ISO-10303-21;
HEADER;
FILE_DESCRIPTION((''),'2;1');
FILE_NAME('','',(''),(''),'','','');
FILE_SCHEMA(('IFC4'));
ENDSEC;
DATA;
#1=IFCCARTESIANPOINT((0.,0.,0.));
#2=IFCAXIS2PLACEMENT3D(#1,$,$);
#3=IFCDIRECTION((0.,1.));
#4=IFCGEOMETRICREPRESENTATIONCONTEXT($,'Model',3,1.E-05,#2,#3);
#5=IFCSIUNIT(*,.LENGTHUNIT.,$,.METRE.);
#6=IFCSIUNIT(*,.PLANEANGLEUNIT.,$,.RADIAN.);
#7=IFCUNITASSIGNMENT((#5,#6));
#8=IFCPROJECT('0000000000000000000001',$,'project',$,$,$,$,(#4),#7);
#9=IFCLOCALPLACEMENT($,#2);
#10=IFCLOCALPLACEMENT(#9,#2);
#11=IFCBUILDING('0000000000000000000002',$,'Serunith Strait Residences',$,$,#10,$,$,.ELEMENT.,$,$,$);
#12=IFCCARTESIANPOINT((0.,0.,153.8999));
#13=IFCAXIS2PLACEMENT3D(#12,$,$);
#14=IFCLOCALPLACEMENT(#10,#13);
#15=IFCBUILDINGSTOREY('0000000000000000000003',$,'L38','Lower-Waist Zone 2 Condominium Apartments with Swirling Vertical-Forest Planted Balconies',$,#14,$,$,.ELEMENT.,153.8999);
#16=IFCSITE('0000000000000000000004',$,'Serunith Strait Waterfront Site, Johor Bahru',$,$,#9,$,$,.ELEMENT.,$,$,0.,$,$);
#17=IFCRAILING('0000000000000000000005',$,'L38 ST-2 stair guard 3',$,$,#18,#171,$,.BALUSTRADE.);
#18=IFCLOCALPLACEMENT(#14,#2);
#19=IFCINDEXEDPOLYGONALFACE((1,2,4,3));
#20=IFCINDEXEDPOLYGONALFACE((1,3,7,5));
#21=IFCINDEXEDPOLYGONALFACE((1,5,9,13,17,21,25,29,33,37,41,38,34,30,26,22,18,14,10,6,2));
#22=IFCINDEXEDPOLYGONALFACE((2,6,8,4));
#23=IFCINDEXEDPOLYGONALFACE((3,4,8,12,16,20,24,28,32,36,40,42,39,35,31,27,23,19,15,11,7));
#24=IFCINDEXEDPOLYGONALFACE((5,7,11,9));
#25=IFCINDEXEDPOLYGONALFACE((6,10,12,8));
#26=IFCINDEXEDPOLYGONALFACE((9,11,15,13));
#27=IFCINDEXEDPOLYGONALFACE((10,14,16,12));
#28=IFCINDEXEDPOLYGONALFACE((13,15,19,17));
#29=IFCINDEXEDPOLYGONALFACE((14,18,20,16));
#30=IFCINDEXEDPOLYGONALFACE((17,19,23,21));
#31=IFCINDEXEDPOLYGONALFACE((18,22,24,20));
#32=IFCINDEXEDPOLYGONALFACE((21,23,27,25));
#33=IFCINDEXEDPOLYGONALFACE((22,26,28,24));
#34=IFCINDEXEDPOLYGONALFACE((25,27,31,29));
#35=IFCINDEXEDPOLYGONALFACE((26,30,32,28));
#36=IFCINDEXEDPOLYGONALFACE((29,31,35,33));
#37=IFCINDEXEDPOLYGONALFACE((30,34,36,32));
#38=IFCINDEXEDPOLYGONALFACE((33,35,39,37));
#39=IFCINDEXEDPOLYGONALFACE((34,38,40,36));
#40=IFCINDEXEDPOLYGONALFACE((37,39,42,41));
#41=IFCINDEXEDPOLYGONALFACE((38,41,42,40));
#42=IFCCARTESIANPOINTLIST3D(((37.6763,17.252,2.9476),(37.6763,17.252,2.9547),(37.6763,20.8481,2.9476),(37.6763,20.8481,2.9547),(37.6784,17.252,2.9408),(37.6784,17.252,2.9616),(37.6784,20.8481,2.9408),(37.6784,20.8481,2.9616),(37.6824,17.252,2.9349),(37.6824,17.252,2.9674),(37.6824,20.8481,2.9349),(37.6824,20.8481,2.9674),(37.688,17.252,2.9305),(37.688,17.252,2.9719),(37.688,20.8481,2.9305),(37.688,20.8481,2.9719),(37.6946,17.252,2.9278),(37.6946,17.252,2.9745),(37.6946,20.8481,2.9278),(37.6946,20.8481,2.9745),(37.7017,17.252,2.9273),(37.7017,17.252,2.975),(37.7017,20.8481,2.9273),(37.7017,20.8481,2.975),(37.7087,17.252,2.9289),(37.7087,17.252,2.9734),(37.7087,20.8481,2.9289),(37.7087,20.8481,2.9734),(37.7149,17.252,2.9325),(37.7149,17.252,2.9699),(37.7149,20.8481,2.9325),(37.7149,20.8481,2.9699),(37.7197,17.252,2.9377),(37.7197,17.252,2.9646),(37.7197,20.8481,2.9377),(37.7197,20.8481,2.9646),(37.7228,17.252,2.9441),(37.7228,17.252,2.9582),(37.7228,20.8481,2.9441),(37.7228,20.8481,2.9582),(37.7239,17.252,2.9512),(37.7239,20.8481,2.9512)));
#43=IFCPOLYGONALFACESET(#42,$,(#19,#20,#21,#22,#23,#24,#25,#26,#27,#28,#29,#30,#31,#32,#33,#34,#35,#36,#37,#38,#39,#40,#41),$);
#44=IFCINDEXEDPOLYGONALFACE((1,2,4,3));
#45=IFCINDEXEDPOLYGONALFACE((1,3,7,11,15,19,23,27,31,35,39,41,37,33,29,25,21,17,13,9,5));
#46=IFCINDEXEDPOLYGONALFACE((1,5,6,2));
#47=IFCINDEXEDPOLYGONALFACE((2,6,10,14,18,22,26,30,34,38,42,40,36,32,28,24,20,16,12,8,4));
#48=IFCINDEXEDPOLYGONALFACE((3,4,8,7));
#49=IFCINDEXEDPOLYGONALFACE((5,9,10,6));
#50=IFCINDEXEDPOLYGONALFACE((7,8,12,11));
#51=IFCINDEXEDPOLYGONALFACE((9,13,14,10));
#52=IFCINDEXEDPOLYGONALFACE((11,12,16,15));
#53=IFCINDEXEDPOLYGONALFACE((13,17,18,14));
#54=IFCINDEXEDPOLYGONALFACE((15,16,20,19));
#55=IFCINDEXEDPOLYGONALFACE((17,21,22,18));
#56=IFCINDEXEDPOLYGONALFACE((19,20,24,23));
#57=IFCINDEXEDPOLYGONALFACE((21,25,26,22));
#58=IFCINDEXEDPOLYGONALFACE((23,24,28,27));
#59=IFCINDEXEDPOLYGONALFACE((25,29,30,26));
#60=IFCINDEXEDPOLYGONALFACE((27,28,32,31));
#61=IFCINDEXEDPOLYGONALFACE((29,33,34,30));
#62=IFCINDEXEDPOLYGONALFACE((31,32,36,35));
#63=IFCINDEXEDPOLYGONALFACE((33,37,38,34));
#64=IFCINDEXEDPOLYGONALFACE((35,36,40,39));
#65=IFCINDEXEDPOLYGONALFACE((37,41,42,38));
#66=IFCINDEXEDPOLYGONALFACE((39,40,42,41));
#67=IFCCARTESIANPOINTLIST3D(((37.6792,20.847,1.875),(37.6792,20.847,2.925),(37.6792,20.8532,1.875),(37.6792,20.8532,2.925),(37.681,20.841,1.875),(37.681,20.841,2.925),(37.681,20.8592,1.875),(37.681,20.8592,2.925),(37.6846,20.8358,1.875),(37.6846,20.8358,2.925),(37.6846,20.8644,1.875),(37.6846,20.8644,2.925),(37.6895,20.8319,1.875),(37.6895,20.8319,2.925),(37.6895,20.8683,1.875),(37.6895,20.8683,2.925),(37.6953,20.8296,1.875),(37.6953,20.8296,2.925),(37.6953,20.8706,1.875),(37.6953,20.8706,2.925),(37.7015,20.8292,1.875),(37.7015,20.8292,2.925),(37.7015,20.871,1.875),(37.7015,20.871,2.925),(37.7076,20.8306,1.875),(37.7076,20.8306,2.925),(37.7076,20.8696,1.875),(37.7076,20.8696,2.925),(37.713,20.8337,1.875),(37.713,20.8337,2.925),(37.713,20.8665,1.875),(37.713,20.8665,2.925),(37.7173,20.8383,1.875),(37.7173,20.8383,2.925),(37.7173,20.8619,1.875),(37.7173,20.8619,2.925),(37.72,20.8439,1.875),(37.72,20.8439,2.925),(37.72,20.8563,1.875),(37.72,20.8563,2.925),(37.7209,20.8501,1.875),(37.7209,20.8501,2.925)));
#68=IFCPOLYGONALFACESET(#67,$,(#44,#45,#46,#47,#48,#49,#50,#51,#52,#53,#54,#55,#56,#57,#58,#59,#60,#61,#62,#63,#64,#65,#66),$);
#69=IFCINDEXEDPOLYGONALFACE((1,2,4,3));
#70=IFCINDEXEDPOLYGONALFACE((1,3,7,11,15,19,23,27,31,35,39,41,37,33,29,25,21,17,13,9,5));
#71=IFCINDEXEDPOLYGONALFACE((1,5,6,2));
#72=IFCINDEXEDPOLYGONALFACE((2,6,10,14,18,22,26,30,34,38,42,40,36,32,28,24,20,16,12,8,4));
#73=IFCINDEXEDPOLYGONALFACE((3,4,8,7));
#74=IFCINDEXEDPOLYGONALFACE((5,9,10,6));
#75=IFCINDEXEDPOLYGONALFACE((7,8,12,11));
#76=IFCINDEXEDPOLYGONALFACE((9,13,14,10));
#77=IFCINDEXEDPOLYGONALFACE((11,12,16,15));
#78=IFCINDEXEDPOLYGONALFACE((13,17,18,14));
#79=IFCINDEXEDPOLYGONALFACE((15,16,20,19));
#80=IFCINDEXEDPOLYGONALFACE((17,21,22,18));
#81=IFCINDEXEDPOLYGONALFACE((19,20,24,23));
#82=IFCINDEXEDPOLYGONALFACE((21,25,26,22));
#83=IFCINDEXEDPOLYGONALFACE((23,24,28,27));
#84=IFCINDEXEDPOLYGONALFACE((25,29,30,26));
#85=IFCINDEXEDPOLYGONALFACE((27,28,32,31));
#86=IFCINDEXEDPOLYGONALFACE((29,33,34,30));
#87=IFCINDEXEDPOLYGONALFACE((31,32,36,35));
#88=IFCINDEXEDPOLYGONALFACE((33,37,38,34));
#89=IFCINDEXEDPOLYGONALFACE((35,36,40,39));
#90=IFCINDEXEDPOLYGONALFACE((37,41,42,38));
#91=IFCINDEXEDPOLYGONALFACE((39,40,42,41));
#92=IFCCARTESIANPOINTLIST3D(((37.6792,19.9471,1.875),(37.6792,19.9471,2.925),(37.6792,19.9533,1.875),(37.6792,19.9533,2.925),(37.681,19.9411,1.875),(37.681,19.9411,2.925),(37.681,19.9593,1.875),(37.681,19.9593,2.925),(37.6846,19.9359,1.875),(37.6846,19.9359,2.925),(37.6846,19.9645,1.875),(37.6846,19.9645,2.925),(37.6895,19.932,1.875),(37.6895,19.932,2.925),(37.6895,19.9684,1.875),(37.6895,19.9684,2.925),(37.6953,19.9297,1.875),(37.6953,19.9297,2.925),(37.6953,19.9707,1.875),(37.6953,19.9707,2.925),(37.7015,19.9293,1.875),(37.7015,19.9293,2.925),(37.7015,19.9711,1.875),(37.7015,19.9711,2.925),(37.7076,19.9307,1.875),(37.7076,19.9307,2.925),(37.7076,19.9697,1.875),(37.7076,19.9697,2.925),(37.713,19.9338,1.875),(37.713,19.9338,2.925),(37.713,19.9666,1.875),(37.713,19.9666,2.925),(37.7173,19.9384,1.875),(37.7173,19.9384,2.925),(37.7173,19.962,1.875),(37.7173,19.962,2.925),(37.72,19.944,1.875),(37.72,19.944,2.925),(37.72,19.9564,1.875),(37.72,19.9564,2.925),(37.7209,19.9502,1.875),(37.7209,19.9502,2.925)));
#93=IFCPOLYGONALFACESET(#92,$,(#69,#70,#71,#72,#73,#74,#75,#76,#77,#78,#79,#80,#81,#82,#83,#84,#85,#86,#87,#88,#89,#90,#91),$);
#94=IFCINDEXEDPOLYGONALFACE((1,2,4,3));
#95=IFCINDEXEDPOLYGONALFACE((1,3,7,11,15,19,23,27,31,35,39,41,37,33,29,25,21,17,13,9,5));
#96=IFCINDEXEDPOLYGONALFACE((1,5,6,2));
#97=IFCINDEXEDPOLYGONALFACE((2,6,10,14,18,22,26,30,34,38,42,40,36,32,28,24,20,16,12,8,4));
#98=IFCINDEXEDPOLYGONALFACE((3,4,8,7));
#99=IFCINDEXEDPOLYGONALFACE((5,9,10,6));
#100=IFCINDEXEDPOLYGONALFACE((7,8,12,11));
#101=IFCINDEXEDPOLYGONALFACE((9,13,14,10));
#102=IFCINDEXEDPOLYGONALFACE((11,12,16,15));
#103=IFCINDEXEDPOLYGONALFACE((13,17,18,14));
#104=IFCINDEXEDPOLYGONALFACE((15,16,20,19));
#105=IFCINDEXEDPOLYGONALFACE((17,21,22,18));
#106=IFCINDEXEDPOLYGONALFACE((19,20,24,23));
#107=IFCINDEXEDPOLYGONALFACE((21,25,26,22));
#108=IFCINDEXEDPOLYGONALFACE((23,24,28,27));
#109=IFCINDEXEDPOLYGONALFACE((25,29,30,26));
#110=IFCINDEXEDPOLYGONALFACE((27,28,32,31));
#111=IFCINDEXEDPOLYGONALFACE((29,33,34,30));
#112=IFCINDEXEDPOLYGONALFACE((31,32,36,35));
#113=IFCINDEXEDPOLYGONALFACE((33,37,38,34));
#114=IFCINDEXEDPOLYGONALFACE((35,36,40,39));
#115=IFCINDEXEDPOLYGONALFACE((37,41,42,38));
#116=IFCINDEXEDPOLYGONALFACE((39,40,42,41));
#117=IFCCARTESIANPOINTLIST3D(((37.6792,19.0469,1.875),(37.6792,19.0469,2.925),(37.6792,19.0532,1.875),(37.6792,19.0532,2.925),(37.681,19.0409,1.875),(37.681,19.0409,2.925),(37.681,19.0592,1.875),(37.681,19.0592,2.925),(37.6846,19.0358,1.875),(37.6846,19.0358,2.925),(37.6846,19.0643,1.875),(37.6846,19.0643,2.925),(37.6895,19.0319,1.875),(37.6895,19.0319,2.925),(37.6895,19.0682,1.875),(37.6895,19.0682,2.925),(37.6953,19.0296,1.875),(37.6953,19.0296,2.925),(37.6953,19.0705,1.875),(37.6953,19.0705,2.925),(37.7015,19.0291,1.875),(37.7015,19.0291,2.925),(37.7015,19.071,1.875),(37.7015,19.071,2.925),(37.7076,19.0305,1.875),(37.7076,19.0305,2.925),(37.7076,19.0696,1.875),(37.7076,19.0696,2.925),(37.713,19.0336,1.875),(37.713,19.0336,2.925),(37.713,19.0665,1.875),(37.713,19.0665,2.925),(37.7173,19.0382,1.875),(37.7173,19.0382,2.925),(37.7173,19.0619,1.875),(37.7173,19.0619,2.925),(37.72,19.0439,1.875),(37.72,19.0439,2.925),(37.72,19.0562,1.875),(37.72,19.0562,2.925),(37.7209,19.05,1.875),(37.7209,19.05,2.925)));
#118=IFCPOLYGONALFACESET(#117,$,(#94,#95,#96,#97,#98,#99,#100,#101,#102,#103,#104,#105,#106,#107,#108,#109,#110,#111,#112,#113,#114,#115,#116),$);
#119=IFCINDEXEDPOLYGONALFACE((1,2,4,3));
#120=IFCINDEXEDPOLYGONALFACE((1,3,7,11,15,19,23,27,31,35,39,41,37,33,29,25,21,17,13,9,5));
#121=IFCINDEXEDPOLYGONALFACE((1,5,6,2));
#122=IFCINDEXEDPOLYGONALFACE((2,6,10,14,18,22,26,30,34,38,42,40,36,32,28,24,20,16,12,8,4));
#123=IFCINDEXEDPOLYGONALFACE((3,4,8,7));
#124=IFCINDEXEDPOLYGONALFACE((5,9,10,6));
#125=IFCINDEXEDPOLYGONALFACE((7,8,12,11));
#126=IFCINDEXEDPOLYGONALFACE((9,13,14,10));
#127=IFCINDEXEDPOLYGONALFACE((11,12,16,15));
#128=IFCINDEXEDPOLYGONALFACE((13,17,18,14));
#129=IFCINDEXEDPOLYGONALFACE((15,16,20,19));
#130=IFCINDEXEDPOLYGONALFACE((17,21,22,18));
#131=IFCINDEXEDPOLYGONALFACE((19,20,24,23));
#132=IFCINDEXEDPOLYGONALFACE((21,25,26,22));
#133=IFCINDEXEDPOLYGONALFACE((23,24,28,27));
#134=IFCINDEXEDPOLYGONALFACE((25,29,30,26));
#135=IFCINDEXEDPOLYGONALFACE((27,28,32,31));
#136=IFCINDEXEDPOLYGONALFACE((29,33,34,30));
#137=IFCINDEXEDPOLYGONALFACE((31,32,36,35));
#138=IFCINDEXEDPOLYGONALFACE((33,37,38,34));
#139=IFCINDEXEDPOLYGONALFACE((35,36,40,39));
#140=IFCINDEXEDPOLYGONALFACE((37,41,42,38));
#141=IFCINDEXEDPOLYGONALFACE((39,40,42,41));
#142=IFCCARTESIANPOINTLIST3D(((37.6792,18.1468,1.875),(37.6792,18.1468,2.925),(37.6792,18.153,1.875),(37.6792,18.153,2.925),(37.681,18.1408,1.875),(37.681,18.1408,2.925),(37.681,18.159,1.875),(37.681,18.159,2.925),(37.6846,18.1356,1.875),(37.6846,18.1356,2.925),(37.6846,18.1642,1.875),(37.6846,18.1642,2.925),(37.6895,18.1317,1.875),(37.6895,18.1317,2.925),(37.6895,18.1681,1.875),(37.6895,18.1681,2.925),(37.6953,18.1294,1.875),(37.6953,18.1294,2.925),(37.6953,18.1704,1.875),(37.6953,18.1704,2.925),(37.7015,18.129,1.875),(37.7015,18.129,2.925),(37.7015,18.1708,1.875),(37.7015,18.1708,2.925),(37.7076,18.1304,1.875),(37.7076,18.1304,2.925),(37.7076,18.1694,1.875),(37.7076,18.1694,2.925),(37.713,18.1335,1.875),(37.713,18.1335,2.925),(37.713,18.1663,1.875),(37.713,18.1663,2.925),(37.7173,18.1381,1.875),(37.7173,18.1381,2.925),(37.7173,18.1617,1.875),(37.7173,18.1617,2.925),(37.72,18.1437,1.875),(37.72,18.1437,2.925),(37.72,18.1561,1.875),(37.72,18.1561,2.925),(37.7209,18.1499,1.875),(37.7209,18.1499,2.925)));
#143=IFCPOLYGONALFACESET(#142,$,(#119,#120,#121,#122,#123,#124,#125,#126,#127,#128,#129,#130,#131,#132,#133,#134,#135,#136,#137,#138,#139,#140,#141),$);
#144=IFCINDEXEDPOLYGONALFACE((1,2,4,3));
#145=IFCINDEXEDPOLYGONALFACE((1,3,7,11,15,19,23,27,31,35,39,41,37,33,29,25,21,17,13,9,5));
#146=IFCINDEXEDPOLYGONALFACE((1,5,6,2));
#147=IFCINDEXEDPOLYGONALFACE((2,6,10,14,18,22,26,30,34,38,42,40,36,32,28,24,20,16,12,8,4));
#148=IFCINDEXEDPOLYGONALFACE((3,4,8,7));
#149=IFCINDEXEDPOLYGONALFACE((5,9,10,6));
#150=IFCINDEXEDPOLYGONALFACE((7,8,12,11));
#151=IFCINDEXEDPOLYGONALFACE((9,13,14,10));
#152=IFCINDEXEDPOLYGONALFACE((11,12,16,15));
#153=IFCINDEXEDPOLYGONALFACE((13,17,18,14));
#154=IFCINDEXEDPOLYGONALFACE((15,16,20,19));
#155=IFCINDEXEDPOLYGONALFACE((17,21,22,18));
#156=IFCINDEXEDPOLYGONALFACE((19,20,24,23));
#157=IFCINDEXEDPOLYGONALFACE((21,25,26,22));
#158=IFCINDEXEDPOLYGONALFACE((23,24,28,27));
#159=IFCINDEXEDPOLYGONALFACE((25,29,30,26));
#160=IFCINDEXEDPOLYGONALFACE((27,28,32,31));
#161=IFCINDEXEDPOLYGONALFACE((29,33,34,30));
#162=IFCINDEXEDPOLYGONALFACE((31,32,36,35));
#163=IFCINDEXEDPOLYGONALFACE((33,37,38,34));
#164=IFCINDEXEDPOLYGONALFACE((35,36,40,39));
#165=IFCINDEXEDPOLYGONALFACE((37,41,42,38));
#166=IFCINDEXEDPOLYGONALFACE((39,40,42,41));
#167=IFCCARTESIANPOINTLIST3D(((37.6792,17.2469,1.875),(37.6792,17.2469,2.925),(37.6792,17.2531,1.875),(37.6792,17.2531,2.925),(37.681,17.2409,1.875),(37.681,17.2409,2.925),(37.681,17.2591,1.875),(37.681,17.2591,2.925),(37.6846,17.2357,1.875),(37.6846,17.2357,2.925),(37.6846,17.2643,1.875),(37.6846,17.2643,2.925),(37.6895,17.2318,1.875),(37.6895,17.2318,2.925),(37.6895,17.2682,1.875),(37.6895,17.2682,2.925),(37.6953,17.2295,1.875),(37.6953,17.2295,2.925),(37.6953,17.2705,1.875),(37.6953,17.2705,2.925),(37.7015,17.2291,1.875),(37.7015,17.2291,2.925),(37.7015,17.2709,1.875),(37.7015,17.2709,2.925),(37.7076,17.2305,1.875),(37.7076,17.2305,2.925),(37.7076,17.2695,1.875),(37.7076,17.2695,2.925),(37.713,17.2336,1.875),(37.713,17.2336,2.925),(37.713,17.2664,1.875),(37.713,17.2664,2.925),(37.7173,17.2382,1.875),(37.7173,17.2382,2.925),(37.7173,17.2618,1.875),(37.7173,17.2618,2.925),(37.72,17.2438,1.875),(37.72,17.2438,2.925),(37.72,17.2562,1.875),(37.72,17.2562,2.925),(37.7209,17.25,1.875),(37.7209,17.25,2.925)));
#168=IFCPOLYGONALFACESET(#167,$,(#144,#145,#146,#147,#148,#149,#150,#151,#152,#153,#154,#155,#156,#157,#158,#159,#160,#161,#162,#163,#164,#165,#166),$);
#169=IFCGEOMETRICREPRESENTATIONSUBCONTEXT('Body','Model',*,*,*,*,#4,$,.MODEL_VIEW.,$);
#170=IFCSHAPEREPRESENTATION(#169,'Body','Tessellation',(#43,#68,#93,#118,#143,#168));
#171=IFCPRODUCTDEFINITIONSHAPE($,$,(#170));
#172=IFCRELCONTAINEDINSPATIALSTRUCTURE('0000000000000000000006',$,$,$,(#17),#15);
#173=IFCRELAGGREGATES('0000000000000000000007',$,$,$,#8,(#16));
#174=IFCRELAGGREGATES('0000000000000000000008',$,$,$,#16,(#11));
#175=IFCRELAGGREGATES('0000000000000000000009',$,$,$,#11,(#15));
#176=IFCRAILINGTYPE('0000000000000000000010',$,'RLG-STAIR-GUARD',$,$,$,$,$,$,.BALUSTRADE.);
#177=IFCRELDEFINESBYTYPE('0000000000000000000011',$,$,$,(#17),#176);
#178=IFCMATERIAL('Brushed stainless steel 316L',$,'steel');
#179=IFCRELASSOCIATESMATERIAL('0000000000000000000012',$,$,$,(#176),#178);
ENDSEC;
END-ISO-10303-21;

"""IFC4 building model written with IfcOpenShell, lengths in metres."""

from ifc_helpers import new_model, si_unit, direction, frame, origin, origin_2d, place, context, subcontext, project, spatial, circle, extrude, material, type_object, element, save


model = new_model("IFC4")

# Units and contexts
model_context = context("Model", 3, precision=1e-05, world=origin(), true_north=direction((0.0, 1.0)))
body_context = subcontext(model_context, "Body", "Model", "MODEL_VIEW")
ifc_project = project(units=[si_unit("LENGTHUNIT", "METRE"), si_unit("PLANEANGLEUNIT", "RADIAN")], contexts=[model_context])

# Site, building, storey
site_placement = place(None, origin())
site = spatial("IfcSite", under=ifc_project, at=site_placement, Name="Serunith Strait Waterfront Site, Johor Bahru", CompositionType="ELEMENT", RefElevation=0.0)
building_placement = place(site_placement, origin())
building = spatial("IfcBuilding", under=site, at=building_placement, Name="Serunith Strait Residences", CompositionType="ELEMENT")
storey_placement = place(building_placement, frame((0.0, 0.0, 153.8999)))
storey = spatial("IfcBuildingStorey", under=building, at=storey_placement, Name="L38", Description="Lower-Waist Zone 2 Condominium Apartments with Swirling Vertical-Forest Planted Balconies", CompositionType="ELEMENT", Elevation=153.8999)

# Railing
ifc_material_1 = material(Name="Brushed stainless steel 316L", Category="steel")
railing_type_1 = type_object("IfcRailingType", Name="RLG-STAIR-GUARD", PredefinedType="BALUSTRADE", material=ifc_material_1)
for number, where, name in (
    (1, (37.7, 20.8501, 1.875), "L38 ST-2 stair guard 3"),
):
    element("IfcRailing", number, at=place(storey_placement, frame(where)), inside=storey, type_object=railing_type_1, Name=name, PredefinedType="BALUSTRADE", context=body_context, shape_type="SweptSolid", body=[
        extrude(circle(Radius=0.0239, at=origin_2d()), frame((0.0, -0.002, 1.0762), z_axis=(0.0, -1.0, 0.0), x_axis=(1.0, 0.0, 0.0)), (0.0, 0.0, 1.0), 3.5962),
        extrude(circle(Radius=0.021, at=origin_2d()), origin(), (0.0, 0.0, 1.0), 1.05),
        extrude(circle(Radius=0.021, at=origin_2d()), frame((0.0, -0.8999, 0.0)), (0.0, 0.0, 1.0), 1.05),
        extrude(circle(Radius=0.021, at=origin_2d()), frame((0.0, -1.8, 0.0)), (0.0, 0.0, 1.0), 1.05),
        extrude(circle(Radius=0.021, at=origin_2d()), frame((0.0, -2.7002, 0.0)), (0.0, 0.0, 1.0), 1.05),
        extrude(circle(Radius=0.021, at=origin_2d()), frame((0.0, -3.6001, 0.0)), (0.0, 0.0, 1.0), 1.05),
    ])

save(model, "model.ifc")
